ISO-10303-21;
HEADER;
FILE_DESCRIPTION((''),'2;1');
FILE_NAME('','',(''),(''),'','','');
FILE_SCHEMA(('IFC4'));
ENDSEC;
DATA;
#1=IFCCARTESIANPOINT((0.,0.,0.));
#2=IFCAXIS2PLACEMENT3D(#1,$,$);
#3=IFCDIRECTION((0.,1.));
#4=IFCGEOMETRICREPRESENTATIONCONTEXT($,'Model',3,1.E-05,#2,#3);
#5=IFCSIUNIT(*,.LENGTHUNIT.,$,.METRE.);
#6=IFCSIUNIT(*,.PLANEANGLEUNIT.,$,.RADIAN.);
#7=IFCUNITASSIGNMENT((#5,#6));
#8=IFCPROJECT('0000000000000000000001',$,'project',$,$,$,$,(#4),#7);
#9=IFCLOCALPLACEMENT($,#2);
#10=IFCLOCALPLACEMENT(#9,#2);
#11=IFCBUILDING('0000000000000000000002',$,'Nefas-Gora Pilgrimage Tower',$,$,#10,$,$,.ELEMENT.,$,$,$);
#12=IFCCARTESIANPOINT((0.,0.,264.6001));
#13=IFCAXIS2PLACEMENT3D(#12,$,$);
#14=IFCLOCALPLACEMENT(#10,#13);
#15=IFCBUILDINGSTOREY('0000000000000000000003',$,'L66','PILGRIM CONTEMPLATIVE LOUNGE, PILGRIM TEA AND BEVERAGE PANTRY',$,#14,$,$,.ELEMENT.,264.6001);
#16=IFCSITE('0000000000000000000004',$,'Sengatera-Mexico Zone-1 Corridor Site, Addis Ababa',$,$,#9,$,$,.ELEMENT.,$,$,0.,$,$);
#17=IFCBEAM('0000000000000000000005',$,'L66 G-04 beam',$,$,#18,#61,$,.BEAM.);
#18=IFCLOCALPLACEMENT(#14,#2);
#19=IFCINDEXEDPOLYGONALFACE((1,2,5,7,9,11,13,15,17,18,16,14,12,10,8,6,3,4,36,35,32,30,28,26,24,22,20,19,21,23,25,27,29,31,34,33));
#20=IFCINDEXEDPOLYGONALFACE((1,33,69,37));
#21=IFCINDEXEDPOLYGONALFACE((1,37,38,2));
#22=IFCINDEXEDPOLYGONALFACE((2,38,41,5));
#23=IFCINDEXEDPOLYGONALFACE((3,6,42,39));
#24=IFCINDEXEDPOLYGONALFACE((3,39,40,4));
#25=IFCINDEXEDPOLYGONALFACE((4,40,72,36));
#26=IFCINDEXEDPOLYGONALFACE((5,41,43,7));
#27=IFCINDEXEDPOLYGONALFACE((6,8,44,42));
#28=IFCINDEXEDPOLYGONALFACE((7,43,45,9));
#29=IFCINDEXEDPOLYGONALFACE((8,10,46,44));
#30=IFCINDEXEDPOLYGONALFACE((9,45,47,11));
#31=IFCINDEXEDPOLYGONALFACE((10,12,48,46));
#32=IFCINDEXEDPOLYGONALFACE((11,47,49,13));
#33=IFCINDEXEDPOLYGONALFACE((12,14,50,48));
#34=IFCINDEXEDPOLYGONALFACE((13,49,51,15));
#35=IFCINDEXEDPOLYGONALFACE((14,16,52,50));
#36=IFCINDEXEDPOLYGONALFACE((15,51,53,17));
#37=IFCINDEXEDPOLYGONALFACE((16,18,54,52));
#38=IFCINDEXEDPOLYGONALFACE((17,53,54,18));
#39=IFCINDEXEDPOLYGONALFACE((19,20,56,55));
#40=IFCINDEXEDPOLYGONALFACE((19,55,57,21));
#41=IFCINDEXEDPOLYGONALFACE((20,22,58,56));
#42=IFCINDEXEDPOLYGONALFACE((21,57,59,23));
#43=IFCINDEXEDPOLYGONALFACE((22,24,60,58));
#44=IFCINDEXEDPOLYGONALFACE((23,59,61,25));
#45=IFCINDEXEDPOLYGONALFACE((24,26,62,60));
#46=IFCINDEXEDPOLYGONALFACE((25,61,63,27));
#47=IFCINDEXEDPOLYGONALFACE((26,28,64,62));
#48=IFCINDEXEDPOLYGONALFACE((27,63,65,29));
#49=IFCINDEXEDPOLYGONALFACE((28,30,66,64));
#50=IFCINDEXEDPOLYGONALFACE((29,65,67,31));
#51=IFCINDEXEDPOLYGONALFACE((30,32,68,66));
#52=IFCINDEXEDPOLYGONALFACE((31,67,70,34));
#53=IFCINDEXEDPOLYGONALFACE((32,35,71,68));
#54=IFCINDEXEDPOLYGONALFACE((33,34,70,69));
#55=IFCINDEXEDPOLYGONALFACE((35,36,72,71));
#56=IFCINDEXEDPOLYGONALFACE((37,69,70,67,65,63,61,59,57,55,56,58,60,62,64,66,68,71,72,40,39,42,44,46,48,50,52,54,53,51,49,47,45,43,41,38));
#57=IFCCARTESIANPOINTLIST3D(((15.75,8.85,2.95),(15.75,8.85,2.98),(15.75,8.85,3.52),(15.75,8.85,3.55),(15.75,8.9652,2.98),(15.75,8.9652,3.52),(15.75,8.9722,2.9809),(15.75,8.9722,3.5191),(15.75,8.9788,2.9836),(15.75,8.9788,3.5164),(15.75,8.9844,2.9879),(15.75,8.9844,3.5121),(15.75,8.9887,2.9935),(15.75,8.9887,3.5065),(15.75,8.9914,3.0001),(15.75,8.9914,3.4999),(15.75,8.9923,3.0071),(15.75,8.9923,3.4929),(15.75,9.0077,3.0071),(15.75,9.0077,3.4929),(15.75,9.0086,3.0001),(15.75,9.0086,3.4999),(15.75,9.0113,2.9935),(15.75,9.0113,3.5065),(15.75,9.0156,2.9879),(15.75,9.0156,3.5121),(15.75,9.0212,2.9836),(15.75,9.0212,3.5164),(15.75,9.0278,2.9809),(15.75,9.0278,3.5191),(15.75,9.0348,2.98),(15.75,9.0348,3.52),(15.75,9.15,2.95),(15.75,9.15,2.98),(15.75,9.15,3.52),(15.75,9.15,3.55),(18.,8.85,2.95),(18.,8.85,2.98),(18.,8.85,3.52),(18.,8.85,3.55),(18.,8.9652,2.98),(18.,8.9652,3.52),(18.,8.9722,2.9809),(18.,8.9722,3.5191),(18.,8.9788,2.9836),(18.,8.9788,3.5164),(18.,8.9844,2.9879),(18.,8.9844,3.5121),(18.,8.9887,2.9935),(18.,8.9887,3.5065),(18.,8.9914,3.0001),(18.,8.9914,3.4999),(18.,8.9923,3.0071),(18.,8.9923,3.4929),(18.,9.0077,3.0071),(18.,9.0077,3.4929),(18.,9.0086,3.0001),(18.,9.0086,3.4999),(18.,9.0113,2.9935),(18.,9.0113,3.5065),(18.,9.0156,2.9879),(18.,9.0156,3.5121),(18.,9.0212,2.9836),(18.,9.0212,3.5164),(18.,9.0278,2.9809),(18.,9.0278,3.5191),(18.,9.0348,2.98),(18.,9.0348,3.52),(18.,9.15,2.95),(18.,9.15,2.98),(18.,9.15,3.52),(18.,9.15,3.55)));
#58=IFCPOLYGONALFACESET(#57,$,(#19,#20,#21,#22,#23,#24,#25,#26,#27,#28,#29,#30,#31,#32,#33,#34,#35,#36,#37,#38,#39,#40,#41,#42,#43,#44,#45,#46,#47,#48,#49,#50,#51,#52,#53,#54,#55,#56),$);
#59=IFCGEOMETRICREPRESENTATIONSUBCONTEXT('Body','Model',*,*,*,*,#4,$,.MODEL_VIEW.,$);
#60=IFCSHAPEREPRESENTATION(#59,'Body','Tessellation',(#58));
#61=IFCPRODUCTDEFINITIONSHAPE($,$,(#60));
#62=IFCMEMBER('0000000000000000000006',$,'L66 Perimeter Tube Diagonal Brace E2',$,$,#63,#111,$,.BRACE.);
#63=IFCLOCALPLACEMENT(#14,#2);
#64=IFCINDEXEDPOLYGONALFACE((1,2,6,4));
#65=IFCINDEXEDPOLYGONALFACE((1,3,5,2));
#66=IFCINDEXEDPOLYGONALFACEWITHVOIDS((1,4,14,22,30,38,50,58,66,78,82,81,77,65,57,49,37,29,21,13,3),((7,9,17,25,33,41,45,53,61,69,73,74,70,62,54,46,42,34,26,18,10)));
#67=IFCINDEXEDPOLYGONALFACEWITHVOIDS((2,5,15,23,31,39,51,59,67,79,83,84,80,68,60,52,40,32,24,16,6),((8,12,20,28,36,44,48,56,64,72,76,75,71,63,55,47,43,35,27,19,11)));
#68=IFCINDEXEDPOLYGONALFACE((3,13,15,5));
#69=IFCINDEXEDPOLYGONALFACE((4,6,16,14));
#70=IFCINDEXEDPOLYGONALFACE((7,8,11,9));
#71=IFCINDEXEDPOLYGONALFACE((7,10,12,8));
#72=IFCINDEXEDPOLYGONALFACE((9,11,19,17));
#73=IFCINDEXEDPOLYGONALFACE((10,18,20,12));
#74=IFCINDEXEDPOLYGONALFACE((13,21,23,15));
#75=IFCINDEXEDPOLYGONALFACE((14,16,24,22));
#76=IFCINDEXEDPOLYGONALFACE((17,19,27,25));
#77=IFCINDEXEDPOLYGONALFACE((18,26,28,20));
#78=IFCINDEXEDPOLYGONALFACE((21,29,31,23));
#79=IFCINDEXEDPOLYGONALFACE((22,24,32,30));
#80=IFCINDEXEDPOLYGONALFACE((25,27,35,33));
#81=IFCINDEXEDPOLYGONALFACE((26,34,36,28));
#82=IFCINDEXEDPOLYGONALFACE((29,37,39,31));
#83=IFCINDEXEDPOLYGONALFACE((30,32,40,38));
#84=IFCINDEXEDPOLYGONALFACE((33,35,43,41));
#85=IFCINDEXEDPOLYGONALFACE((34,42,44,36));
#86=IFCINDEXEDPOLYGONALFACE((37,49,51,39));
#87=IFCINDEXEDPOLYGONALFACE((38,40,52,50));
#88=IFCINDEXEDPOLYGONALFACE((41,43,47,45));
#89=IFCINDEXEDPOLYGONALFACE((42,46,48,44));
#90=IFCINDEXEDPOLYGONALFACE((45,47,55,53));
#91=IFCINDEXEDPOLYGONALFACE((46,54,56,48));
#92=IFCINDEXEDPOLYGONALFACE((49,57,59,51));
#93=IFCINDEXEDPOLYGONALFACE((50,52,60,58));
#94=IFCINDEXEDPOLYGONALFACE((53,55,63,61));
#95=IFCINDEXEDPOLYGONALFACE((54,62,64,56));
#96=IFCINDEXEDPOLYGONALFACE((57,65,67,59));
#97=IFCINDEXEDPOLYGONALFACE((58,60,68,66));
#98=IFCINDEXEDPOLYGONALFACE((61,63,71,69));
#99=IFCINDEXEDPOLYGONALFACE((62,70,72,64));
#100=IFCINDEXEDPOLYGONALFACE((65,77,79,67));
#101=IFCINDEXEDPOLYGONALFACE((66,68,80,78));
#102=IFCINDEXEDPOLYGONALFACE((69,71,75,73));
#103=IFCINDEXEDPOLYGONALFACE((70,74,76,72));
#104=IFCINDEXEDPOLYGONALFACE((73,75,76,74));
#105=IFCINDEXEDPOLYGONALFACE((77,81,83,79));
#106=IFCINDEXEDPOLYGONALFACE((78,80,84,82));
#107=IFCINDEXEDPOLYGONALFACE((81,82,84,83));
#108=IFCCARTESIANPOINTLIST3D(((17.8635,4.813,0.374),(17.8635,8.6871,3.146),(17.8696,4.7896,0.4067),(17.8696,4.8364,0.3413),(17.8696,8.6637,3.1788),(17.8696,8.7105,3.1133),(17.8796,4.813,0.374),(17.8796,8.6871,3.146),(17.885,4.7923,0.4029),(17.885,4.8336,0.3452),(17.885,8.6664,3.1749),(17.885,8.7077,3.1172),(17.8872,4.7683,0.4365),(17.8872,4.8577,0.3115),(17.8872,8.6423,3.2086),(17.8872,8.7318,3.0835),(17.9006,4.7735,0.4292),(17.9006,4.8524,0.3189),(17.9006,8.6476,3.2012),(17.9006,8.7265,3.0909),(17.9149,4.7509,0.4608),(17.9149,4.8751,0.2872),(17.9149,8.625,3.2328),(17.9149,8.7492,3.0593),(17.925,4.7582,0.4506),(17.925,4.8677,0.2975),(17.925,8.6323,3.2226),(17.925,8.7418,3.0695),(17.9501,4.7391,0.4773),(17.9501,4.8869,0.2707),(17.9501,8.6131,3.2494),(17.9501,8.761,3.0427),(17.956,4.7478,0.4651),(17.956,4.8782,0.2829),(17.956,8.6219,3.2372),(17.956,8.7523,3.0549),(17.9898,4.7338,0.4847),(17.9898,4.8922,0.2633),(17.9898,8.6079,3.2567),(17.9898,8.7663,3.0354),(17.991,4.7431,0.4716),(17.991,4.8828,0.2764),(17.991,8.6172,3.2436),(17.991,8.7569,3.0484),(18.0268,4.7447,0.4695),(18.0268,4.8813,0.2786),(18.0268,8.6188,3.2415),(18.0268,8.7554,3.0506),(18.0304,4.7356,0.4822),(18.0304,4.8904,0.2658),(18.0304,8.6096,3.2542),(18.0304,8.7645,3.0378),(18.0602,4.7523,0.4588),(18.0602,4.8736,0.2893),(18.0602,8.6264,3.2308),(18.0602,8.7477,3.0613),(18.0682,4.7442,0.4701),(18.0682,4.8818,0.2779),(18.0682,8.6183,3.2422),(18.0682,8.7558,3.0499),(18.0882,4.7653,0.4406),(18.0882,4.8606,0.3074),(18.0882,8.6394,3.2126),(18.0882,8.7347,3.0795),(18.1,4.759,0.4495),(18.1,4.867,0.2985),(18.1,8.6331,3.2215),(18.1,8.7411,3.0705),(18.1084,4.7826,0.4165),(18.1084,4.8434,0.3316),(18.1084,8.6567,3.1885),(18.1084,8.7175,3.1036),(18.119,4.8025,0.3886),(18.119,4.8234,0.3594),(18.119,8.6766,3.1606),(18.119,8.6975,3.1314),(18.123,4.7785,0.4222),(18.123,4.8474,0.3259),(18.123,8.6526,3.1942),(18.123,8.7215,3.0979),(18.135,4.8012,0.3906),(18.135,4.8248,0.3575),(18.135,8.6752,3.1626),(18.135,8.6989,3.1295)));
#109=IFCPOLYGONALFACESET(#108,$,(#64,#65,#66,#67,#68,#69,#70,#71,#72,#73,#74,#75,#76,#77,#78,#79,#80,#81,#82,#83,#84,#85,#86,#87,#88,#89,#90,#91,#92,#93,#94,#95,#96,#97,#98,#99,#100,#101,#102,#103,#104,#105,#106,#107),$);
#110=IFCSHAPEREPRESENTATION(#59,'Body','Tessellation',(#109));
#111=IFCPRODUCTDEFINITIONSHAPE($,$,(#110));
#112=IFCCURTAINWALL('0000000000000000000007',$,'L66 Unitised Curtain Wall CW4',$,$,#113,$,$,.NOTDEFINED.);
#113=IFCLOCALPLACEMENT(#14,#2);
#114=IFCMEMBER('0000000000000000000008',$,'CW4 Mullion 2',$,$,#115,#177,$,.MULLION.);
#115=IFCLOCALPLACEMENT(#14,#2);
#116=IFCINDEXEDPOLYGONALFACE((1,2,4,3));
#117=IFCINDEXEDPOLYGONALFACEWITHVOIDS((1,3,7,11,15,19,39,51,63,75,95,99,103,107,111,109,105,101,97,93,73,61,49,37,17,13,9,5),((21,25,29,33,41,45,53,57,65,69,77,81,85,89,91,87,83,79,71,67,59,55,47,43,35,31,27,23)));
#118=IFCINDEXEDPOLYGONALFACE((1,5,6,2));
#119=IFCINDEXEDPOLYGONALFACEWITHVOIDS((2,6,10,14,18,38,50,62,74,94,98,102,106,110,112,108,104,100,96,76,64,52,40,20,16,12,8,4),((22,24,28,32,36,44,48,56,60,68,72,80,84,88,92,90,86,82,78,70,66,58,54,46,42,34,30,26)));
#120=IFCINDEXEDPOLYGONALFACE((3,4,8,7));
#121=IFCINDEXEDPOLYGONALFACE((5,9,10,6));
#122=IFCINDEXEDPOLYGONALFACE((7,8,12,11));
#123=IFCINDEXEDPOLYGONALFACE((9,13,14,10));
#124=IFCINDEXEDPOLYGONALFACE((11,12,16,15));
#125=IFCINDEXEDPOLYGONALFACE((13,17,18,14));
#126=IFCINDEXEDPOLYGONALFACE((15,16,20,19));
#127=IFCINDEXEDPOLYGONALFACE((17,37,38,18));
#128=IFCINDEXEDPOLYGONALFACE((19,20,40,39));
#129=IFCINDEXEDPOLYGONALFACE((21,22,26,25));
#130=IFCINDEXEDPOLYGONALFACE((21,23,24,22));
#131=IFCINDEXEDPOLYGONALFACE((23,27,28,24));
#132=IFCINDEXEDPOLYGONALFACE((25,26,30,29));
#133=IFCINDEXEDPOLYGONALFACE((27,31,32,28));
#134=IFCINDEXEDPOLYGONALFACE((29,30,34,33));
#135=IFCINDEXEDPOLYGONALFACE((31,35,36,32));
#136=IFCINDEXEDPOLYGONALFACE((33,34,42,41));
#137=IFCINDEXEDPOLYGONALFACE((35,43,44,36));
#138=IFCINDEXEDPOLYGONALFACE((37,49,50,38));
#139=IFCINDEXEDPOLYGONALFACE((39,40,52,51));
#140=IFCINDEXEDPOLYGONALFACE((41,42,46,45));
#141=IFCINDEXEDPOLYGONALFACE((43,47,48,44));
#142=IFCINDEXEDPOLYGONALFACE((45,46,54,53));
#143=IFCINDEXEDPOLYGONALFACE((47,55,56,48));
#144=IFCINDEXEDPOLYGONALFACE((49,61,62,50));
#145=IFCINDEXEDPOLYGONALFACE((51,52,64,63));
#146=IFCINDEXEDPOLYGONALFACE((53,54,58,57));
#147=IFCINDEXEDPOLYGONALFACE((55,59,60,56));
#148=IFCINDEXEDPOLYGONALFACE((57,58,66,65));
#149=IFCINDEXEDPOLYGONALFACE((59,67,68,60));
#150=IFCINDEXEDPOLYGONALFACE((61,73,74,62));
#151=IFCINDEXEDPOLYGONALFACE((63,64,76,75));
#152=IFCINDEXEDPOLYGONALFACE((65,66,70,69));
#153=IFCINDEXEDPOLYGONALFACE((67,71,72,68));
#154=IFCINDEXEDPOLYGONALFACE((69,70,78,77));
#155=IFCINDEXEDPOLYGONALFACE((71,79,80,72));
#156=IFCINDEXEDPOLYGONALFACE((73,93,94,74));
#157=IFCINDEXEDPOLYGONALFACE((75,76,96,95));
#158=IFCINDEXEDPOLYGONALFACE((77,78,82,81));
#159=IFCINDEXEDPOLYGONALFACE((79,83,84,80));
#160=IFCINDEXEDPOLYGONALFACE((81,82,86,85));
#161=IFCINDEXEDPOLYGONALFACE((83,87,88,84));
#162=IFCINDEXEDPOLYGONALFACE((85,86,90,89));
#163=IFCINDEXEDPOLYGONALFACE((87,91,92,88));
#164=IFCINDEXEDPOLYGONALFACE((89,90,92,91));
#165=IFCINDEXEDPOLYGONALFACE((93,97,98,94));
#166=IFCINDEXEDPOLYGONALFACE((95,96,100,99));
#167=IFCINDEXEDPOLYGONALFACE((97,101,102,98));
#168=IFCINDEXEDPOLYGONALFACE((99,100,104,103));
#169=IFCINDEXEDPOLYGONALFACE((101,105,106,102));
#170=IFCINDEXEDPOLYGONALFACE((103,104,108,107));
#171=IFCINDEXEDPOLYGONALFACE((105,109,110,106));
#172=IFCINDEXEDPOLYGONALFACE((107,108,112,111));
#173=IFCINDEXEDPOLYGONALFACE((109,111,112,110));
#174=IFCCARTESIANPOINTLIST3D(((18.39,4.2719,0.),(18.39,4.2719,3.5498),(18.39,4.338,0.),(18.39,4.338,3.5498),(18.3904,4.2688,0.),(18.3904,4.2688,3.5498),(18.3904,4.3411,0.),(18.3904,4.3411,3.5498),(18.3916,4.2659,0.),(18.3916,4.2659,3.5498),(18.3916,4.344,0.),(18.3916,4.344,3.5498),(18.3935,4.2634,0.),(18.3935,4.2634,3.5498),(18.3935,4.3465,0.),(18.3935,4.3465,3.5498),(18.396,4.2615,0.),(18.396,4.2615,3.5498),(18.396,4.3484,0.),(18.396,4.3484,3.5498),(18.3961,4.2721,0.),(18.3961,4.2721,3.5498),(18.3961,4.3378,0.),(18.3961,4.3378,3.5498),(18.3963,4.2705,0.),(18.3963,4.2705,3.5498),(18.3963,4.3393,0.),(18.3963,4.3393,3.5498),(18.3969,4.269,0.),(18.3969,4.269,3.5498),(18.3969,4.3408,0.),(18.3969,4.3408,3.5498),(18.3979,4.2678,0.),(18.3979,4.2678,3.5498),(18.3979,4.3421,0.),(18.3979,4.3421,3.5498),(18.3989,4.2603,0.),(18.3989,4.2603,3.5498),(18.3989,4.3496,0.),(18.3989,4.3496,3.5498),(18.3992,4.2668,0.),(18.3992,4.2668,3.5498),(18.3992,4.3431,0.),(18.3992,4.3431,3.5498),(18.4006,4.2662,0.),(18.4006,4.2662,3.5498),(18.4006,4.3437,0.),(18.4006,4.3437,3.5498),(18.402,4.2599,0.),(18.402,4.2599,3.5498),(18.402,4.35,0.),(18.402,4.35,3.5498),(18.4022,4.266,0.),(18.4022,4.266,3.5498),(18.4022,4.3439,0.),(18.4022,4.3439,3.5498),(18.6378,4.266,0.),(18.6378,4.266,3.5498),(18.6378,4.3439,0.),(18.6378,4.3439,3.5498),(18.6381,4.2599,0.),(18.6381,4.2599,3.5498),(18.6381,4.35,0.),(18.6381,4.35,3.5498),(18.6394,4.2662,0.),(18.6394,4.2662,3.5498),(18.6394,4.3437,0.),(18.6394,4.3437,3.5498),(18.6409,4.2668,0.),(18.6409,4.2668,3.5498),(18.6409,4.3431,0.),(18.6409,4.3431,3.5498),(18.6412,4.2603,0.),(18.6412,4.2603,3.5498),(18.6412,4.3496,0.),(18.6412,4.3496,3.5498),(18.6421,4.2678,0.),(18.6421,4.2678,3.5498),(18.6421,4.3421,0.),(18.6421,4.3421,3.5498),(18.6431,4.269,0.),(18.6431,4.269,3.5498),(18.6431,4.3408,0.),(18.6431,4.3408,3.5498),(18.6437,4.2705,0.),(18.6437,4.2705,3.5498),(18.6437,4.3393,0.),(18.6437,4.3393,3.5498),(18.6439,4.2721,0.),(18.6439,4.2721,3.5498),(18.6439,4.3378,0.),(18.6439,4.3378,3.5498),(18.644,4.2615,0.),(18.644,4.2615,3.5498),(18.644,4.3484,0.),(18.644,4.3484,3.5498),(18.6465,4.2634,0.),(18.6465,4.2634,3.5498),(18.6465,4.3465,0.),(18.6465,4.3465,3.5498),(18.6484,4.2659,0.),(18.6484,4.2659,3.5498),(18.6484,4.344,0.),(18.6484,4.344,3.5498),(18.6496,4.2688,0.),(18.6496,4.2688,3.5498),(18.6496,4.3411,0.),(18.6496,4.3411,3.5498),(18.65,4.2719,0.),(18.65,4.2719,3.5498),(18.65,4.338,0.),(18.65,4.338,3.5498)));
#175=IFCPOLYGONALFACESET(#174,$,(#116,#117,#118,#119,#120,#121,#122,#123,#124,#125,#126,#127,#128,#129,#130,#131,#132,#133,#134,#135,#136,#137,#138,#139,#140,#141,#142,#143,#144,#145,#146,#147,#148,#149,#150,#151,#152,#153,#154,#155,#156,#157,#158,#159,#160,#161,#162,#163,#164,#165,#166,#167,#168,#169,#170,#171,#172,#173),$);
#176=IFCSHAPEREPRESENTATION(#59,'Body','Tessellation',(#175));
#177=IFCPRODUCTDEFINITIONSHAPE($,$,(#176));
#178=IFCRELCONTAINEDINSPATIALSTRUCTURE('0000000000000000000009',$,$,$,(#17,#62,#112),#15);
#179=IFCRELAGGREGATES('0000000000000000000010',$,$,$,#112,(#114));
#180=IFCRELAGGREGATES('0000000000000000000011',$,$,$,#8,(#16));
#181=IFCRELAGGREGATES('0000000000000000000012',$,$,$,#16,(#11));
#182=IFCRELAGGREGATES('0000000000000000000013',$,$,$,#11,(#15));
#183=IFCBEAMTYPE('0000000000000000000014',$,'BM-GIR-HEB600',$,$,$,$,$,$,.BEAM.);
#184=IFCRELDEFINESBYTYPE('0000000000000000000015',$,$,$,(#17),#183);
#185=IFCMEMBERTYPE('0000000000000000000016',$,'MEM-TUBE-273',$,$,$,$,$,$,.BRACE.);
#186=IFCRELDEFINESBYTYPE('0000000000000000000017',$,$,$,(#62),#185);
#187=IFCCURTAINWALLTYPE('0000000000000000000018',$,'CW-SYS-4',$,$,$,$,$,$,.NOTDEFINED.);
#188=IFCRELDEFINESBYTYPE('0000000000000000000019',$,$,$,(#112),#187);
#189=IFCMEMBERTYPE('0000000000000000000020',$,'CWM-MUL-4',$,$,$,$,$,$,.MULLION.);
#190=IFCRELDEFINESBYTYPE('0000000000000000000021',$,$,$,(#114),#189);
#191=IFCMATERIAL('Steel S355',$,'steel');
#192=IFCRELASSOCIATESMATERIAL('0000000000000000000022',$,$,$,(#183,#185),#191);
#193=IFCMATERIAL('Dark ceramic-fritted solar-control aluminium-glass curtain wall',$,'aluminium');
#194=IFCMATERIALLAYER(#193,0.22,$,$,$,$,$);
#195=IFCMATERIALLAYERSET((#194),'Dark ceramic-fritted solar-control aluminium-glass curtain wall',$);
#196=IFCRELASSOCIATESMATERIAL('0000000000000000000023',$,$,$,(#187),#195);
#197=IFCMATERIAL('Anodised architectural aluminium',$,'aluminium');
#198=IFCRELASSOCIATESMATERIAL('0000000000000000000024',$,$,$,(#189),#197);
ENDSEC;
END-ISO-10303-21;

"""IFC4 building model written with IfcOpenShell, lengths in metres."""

from ifc_helpers import new_model, si_unit, direction, frame, origin, origin_2d, place, context, subcontext, project, spatial, hollow_rectangle, hollow_circle, i_section, extrude, source, transform, mapped, material, layer, layer_set, material_profile, profile_set, type_object, element, aggregate, save


model = new_model("IFC4")

# Units and contexts
model_context = context("Model", 3, precision=1e-05, world=origin(), true_north=direction((0.0, 1.0)))
body_context = subcontext(model_context, "Body", "Model", "MODEL_VIEW")
ifc_project = project(units=[si_unit("LENGTHUNIT", "METRE"), si_unit("PLANEANGLEUNIT", "RADIAN")], contexts=[model_context])

# Site, building, storey
site_placement = place(None, origin())
site = spatial("IfcSite", under=ifc_project, at=site_placement, Name="Sengatera-Mexico Zone-1 Corridor Site, Addis Ababa", CompositionType="ELEMENT", RefElevation=0.0)
building_placement = place(site_placement, origin())
building = spatial("IfcBuilding", under=site, at=building_placement, Name="Nefas-Gora Pilgrimage Tower", CompositionType="ELEMENT")
storey_placement = place(building_placement, frame((0.0, 0.0, 264.6001)))
storey = spatial("IfcBuildingStorey", under=building, at=storey_placement, Name="L66", Description="PILGRIM CONTEMPLATIVE LOUNGE, PILGRIM TEA AND BEVERAGE PANTRY", CompositionType="ELEMENT", Elevation=264.6001)

# Shared definitions
ifc_material_1 = material(Name="Steel S355", Category="steel")

# Beam
ifc_material_profile_1 = material_profile(ifc_material_1, i_section(OverallWidth=0.3, OverallDepth=0.6001, WebThickness=0.0154, FlangeThickness=0.03, FilletRadius=0.0271, at=origin_2d()), Name="HEB 600")
ifc_profile_set_1 = profile_set([ifc_material_profile_1], Name="Steel S355")
beam_type_1 = type_object("IfcBeamType", Name="BM-GIR-HEB600", PredefinedType="BEAM", material=ifc_profile_set_1)
shared_shape_1 = source(origin(), body_context, "Body", "SweptSolid", [
    extrude(i_section(OverallWidth=0.3, OverallDepth=0.6001, WebThickness=0.0154, FlangeThickness=0.03, FilletRadius=0.0271, at=origin_2d()), origin(), (0.0, 0.0, 1.0), 2.25),
])
for number, where, z_axis, x_axis, name in (
    (1, (15.75, 9.0, 3.25), (1.0, 0.0, 0.0), (0.0, 1.0, 0.0), "L66 G-04 beam"),
):
    element("IfcBeam", number, at=place(storey_placement, frame(where, z_axis=z_axis, x_axis=x_axis)), inside=storey, type_object=beam_type_1, Name=name, PredefinedType="BEAM", context=body_context, shape_type="MappedRepresentation", body=[
        mapped(shared_shape_1, transform((0.0, 0.0, 0.0), x_axis=(1.0, 0.0, 0.0), y_axis=(0.0, 1.0, 0.0), z_axis=(0.0, 0.0, 1.0), scale=1.0)),
    ])

# Member
ifc_material_profile_2 = material_profile(ifc_material_1, hollow_circle(Radius=0.1365, WallThickness=0.0161, at=origin_2d()), Name="CHS 273x16")
ifc_profile_set_2 = profile_set([ifc_material_profile_2], Name="Steel S355")
member_type_1 = type_object("IfcMemberType", Name="MEM-TUBE-273", PredefinedType="BRACE", material=ifc_profile_set_2)
shared_shape_2 = source(origin(), body_context, "Body", "SweptSolid", [
    extrude(hollow_circle(Radius=0.1365, WallThickness=0.0161, at=origin_2d()), origin(), (0.0, 0.0, 1.0), 4.7637),
])
member_1_placement = place(storey_placement, frame((18.0, 4.813, 0.374), z_axis=(0.0, 0.813255, 0.581907), x_axis=(-1.0, 0.0, 0.0)))
element("IfcMember", 2, at=member_1_placement, inside=storey, type_object=member_type_1, Name="L66 Perimeter Tube Diagonal Brace E2", PredefinedType="BRACE", context=body_context, shape_type="MappedRepresentation", body=[
    mapped(shared_shape_2, transform((0.0, 0.0, 0.0), x_axis=(1.0, 0.0, 0.0), y_axis=(0.0, 1.0, 0.0), z_axis=(0.0, 0.0, 1.0), scale=1.0)),
])

# Curtain wall, member
ifc_material_2 = material(Name="Dark ceramic-fritted solar-control aluminium-glass curtain wall", Category="aluminium")
ifc_layer_1 = layer(ifc_material_2, 0.22)
ifc_layer_set_1 = layer_set([ifc_layer_1], Name="Dark ceramic-fritted solar-control aluminium-glass curtain wall")
curtain_wall_type = type_object("IfcCurtainWallType", Name="CW-SYS-4", PredefinedType="NOTDEFINED", material=ifc_layer_set_1)
curtain_wall_placement = place(storey_placement, origin())
curtain_wall = element("IfcCurtainWall", 3, at=curtain_wall_placement, inside=storey, type_object=curtain_wall_type, Name="L66 Unitised Curtain Wall CW4", PredefinedType="NOTDEFINED")
ifc_material_3 = material(Name="Anodised architectural aluminium", Category="aluminium")
ifc_material_profile_3 = material_profile(ifc_material_3, hollow_rectangle(XDim=0.0901, YDim=0.26, WallThickness=0.0061, InnerFilletRadius=0.0061, OuterFilletRadius=0.012, at=origin_2d()), Name="ALU MULLION 90x260")
ifc_profile_set_3 = profile_set([ifc_material_profile_3], Name="Anodised architectural aluminium")
member_type_2 = type_object("IfcMemberType", Name="CWM-MUL-4", PredefinedType="MULLION", material=ifc_profile_set_3)
shared_shape_3 = source(origin(), body_context, "Body", "SweptSolid", [
    extrude(hollow_rectangle(XDim=0.0901, YDim=0.26, WallThickness=0.0061, InnerFilletRadius=0.0061, OuterFilletRadius=0.012, at=origin_2d()), origin(), (0.0, 0.0, 1.0), 3.5498),
])
member_2_placement = place(storey_placement, frame((18.52, 4.3049, 0.0), z_axis=(0.0, 0.0, 1.0), x_axis=(0.0, 1.0, 0.0)))
member_2 = element("IfcMember", 4, at=member_2_placement, type_object=member_type_2, Name="CW4 Mullion 2", PredefinedType="MULLION", context=body_context, shape_type="MappedRepresentation", body=[
    mapped(shared_shape_3, transform((0.0, 0.0, 0.0), x_axis=(1.0, 0.0, 0.0), y_axis=(0.0, 1.0, 0.0), z_axis=(0.0, 0.0, 1.0), scale=1.0)),
])

aggregate(curtain_wall, [member_2])

save(model, "model.ifc")
